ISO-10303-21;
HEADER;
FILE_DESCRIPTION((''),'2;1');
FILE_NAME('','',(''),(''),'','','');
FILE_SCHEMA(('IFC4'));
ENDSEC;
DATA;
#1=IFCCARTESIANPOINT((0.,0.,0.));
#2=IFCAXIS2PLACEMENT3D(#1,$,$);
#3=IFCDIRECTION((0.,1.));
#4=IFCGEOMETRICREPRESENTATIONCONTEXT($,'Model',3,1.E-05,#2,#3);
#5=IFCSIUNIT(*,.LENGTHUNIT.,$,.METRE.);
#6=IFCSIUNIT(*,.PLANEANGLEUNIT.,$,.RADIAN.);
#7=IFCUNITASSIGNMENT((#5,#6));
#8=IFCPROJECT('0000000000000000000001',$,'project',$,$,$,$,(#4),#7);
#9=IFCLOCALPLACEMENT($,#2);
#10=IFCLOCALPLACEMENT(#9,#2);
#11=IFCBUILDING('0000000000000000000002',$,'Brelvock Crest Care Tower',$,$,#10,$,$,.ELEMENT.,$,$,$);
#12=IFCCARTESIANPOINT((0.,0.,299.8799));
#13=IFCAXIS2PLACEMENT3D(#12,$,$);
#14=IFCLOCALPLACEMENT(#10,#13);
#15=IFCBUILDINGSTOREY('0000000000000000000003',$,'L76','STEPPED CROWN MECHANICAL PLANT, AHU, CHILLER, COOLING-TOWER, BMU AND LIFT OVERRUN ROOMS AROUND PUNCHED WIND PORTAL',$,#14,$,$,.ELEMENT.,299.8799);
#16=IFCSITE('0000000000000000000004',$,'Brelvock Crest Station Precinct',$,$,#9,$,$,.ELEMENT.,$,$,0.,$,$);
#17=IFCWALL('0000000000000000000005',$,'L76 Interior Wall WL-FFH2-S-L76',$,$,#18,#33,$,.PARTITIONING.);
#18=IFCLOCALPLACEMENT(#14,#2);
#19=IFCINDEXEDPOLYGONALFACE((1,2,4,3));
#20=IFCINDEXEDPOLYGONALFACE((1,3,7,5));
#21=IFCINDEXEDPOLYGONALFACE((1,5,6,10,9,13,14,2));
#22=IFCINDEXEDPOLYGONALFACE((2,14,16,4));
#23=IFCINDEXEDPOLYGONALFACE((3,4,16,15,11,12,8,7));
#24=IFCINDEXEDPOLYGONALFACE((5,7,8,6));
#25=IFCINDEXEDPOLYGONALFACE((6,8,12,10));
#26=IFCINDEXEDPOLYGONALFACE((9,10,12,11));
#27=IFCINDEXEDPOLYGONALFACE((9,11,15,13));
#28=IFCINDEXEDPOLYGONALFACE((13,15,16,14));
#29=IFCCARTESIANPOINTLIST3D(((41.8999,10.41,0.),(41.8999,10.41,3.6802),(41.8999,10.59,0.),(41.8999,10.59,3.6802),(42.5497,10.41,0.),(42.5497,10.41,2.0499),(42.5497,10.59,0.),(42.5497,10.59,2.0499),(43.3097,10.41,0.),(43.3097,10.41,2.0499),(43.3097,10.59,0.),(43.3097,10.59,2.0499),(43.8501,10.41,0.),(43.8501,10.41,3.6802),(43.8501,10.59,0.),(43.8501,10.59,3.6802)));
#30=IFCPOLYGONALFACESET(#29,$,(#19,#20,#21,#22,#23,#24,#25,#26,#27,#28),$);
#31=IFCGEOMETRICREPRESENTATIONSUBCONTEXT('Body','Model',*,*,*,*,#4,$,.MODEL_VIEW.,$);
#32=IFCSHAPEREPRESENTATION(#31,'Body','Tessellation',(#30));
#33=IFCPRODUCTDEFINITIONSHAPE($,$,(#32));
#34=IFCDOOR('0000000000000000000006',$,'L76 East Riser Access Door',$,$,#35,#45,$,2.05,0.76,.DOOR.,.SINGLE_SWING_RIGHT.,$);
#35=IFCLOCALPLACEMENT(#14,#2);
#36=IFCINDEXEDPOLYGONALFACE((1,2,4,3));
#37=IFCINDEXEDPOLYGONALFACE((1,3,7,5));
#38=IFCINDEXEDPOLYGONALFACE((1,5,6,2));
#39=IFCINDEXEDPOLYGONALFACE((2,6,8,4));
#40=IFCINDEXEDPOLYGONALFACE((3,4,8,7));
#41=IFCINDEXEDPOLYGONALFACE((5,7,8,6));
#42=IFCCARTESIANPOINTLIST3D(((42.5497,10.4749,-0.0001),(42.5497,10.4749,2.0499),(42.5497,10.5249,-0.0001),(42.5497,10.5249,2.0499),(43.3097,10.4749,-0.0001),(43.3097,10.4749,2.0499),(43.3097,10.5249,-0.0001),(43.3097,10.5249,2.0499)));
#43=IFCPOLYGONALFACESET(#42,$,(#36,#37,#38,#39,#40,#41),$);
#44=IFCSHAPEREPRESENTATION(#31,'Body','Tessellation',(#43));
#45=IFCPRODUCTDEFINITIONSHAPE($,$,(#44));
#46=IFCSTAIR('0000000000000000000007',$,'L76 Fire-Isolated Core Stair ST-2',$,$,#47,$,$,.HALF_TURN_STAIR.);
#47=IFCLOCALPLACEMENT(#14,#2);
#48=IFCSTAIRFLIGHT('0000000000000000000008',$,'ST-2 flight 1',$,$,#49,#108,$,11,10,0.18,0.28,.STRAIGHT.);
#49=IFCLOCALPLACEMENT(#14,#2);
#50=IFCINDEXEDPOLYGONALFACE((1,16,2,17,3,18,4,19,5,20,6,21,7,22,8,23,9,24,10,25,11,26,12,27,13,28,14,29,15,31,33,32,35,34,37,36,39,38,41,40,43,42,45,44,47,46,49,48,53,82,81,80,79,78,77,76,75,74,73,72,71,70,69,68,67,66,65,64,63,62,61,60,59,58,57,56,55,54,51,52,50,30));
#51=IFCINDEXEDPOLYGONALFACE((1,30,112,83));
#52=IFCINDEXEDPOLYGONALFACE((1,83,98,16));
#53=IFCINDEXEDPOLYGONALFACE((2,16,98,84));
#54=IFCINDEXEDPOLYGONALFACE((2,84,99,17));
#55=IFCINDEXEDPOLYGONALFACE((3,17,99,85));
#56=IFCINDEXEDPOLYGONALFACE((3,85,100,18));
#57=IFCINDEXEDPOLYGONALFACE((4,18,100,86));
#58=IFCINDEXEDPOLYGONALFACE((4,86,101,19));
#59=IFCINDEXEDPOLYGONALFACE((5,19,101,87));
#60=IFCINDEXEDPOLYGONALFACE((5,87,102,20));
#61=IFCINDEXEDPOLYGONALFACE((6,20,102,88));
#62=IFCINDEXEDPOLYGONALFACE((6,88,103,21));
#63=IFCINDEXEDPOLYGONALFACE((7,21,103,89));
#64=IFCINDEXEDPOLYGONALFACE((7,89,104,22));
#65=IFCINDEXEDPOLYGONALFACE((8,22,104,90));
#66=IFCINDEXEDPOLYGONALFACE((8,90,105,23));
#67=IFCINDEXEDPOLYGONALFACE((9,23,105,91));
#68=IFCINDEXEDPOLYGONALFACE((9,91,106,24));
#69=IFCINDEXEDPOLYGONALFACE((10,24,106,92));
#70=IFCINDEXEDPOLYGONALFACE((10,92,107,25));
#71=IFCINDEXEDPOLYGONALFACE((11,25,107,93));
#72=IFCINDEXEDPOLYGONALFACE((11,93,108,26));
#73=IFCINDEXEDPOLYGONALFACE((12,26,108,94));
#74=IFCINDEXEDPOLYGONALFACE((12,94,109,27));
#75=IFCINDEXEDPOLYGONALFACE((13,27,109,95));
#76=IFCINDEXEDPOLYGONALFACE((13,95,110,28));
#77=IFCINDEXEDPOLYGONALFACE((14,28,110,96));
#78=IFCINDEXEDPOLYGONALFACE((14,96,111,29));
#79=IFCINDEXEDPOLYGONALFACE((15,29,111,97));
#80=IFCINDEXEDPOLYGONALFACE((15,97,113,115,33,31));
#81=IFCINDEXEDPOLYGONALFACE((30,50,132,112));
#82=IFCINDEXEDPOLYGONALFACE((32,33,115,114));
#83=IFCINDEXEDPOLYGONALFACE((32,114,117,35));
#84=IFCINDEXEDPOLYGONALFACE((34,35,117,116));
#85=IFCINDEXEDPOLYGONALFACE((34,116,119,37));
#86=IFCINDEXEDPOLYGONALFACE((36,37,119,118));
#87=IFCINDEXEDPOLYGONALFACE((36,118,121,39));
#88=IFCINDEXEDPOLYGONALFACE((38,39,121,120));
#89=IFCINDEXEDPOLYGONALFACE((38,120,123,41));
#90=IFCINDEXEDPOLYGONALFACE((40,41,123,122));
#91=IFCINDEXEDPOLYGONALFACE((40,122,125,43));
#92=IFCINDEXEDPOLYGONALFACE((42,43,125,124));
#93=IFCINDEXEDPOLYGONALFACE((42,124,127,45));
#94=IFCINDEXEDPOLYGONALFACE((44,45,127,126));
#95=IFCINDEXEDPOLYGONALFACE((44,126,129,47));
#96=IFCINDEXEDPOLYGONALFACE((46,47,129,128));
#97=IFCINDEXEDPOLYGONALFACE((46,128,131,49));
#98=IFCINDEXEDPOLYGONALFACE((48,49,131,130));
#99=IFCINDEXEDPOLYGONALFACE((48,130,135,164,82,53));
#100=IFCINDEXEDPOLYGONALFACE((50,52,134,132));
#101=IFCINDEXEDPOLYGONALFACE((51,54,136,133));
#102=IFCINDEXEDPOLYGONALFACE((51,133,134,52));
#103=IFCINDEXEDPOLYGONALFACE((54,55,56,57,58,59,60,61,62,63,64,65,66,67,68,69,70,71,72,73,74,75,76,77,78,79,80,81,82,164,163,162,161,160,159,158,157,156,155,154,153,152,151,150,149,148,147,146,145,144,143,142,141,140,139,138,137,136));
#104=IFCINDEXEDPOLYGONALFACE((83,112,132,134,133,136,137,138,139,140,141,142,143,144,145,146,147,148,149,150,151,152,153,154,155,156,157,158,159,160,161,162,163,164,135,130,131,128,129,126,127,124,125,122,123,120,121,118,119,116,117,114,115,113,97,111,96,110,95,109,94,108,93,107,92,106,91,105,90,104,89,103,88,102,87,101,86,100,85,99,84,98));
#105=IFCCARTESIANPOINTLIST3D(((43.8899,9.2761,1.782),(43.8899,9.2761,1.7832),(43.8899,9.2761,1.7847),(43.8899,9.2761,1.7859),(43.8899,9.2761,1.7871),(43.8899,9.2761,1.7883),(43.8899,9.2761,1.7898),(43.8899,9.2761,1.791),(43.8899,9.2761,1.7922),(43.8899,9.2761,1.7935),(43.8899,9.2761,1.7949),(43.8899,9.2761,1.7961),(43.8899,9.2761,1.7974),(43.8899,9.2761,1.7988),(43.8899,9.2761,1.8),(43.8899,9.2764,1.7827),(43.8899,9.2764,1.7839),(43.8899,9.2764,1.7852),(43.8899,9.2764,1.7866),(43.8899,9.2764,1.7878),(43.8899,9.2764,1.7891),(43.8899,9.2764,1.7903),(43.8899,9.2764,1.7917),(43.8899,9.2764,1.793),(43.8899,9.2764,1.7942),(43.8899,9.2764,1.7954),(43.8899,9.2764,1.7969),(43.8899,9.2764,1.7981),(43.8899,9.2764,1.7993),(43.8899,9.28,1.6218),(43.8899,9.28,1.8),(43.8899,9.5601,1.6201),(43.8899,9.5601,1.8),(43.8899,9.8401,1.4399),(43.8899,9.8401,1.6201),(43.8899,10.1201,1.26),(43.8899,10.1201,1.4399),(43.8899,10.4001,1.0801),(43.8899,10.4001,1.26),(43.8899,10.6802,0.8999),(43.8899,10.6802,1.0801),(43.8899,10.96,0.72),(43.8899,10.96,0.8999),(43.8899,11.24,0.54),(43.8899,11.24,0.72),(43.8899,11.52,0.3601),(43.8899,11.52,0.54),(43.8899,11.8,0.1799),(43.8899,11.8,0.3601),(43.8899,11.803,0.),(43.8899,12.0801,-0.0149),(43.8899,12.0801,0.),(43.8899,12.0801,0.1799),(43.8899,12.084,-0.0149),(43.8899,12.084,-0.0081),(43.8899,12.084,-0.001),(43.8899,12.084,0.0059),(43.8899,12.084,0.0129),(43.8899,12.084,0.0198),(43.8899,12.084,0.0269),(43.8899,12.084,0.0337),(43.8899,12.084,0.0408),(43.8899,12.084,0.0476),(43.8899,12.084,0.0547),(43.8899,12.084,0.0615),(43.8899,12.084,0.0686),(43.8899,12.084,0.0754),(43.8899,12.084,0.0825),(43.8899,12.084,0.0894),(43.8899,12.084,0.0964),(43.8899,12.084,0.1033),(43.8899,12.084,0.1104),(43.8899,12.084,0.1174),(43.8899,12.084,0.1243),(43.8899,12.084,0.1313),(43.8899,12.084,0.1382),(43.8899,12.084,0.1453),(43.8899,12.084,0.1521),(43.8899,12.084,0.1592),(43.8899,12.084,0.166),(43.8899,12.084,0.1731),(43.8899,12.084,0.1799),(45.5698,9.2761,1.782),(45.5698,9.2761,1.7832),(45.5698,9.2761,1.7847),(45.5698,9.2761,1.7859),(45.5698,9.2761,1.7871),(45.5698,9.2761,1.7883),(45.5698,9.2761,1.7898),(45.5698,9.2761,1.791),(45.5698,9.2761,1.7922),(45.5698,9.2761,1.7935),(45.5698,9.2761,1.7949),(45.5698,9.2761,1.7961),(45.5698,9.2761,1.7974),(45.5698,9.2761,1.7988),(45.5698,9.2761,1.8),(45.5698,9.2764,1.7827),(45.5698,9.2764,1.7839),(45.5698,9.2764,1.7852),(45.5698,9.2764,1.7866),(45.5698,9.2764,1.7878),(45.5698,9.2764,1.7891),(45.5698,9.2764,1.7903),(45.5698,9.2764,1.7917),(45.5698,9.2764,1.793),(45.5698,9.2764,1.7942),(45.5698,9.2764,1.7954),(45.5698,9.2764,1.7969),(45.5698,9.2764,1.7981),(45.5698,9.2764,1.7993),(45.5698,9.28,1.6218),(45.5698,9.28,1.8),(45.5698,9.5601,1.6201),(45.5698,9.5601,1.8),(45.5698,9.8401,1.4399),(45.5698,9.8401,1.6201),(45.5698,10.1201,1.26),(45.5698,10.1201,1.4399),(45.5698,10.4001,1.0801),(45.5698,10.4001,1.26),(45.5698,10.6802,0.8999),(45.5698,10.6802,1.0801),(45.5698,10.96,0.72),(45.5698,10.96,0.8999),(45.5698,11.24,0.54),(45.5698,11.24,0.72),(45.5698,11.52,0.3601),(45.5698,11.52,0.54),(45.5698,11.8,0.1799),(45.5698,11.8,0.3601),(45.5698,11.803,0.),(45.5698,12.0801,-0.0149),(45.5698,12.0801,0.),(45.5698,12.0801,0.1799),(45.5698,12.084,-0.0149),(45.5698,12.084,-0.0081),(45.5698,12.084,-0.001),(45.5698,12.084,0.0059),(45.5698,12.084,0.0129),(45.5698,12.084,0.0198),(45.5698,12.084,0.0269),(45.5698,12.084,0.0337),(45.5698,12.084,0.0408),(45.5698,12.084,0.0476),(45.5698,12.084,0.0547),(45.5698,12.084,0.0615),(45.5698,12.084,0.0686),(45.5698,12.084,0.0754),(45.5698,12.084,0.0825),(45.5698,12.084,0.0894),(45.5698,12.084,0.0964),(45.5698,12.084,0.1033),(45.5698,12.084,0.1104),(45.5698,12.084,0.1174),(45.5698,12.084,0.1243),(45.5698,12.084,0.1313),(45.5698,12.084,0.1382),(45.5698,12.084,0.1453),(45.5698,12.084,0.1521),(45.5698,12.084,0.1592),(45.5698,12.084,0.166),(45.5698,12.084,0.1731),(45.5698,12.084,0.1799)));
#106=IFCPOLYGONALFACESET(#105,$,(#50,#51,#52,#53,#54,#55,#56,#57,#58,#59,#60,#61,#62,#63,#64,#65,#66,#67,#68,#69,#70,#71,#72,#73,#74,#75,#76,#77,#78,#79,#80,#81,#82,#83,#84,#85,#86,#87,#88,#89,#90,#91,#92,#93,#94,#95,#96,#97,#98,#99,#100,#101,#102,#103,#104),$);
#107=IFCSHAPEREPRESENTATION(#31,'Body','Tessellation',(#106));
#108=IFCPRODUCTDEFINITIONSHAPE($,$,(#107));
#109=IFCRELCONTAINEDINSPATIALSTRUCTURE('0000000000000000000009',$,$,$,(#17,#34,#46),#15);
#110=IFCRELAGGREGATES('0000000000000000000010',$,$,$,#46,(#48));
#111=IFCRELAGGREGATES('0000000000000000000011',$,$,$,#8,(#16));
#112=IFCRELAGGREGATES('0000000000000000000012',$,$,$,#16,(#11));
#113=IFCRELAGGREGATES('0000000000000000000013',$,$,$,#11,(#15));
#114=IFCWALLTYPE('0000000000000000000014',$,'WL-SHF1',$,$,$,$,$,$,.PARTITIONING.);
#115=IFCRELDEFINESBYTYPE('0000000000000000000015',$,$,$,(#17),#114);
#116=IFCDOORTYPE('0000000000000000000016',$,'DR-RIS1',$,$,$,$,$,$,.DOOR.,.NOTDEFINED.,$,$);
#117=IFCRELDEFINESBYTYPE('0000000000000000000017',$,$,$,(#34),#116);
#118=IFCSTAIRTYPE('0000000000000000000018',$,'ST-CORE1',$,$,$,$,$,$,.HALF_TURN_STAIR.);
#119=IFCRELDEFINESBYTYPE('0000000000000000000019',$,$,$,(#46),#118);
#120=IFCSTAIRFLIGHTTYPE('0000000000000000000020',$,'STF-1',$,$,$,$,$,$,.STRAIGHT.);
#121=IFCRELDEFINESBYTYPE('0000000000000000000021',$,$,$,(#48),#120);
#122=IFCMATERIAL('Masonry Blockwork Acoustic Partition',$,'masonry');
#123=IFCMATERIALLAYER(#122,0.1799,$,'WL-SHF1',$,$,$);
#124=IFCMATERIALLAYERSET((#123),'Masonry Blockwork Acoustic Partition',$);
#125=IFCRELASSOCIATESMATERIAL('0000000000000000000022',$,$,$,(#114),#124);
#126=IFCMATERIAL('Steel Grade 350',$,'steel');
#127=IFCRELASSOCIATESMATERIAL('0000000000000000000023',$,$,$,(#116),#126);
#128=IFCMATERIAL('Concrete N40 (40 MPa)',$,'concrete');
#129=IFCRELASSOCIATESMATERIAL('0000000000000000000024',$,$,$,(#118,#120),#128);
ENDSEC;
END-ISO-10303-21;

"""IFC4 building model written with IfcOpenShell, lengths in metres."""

from ifc_helpers import new_model, si_unit, direction, frame, frame_2d, origin, origin_2d, place, context, subcontext, project, spatial, polyline, rectangle, outline, extrude, source, transform, mapped, material, layer, layer_set, type_object, element, fill, aggregate, save


model = new_model("IFC4")

# Units and contexts
model_context = context("Model", 3, precision=1e-05, world=origin(), true_north=direction((0.0, 1.0)))
body_context = subcontext(model_context, "Body", "Model", "MODEL_VIEW")
ifc_project = project(units=[si_unit("LENGTHUNIT", "METRE"), si_unit("PLANEANGLEUNIT", "RADIAN")], contexts=[model_context])

# Site, building, storey
site_placement = place(None, origin())
site = spatial("IfcSite", under=ifc_project, at=site_placement, Name="Brelvock Crest Station Precinct", CompositionType="ELEMENT", RefElevation=0.0)
building_placement = place(site_placement, origin())
building = spatial("IfcBuilding", under=site, at=building_placement, Name="Brelvock Crest Care Tower", CompositionType="ELEMENT")
storey_placement = place(building_placement, frame((0.0, 0.0, 299.8799)))
storey = spatial("IfcBuildingStorey", under=building, at=storey_placement, Name="L76", Description="STEPPED CROWN MECHANICAL PLANT, AHU, CHILLER, COOLING-TOWER, BMU AND LIFT OVERRUN ROOMS AROUND PUNCHED WIND PORTAL", CompositionType="ELEMENT", Elevation=299.8799)

# Shared definitions
ifc_material_1 = material(Name="Steel Grade 350", Category="steel")

# Shared definitions
ifc_material_2 = material(Name="Masonry Blockwork Acoustic Partition", Category="masonry")

# Shared definitions
ifc_layer_1 = layer(ifc_material_2, 0.1799, Name="WL-SHF1")
ifc_layer_set_1 = layer_set([ifc_layer_1], Name="Masonry Blockwork Acoustic Partition")
wall_type_1 = type_object("IfcWallType", Name="WL-SHF1", PredefinedType="PARTITIONING", material=ifc_layer_set_1)

# Wall, opening, door
wall_1_placement = place(storey_placement, frame((41.8999, 10.5, 0.0), z_axis=(0.0, 0.0, 1.0), x_axis=(1.0, 0.0, 0.0)))
wall_1 = element("IfcWall", 1, at=wall_1_placement, inside=storey, type_object=wall_type_1, Name="L76 Interior Wall WL-FFH2-S-L76", PredefinedType="PARTITIONING", context=body_context, shape_type="SweptSolid", body=[
    extrude(rectangle(XDim=1.9502, YDim=0.1799, at=frame_2d((0.9751, 0.0))), origin(), (0.0, 0.0, 1.0), 3.6802),
])
opening_1_placement = place(wall_1_placement, frame((0.6499, 0.0, 0.0)))
opening_1 = element("IfcOpeningElement", 2, at=opening_1_placement, cuts=wall_1, PredefinedType="OPENING", context=body_context, shape_type="SweptSolid", body=[
    extrude(rectangle(XDim=0.76, YDim=2.05, at=origin_2d()), frame((0.3799, 0.1001, 1.0249), z_axis=(0.0, -1.0, 0.0), x_axis=(1.0, 0.0, 0.0)), (0.0, 0.0, 1.0), 0.2),
])
door_type_1 = type_object("IfcDoorType", Name="DR-RIS1", OperationType="NOTDEFINED", PredefinedType="DOOR", material=ifc_material_1)
shared_shape_1 = source(origin(), body_context, "Body", "SweptSolid", [
    extrude(rectangle(XDim=0.76, YDim=2.05, at=origin_2d()), frame((0.3799, 0.0249, 1.0249), z_axis=(0.0, -1.0, 0.0), x_axis=(1.0, 0.0, 0.0)), (0.0, 0.0, 1.0), 0.05),
])
door_1_placement = place(opening_1_placement, origin())
door_1 = element("IfcDoor", 3, at=door_1_placement, inside=storey, type_object=door_type_1, Name="L76 East Riser Access Door", OperationType="SINGLE_SWING_RIGHT", OverallHeight=2.05, OverallWidth=0.76, PredefinedType="DOOR", context=body_context, shape_type="MappedRepresentation", body=[
    mapped(shared_shape_1, transform((0.0, 0.0, 0.0), x_axis=(1.0, 0.0, 0.0), y_axis=(0.0, 1.0, 0.0), z_axis=(0.0, 0.0, 1.0), scale=1.0)),
])
fill(opening_1, door_1)

# Stair, stair flight
ifc_material_3 = material(Name="Concrete N40 (40 MPa)", Category="concrete")
stair_type = type_object("IfcStairType", Name="ST-CORE1", PredefinedType="HALF_TURN_STAIR", material=ifc_material_3)
stair_placement = place(storey_placement, origin())
stair = element("IfcStair", 4, at=stair_placement, inside=storey, type_object=stair_type, Name="L76 Fire-Isolated Core Stair ST-2", PredefinedType="HALF_TURN_STAIR")
stair_flight_type = type_object("IfcStairFlightType", Name="STF-1", PredefinedType="STRAIGHT", material=ifc_material_3)
stair_flight_1_placement = place(storey_placement, frame((44.73, 12.0801, 0.0), z_axis=(0.0, 0.0, 1.0), x_axis=(0.0, -1.0, 0.0)))
stair_flight_1 = element("IfcStairFlight", 5, at=stair_flight_1_placement, type_object=stair_flight_type, Name="ST-2 flight 1", NumberOfRisers=11, NumberOfTreads=10, PredefinedType="STRAIGHT", RiserHeight=0.18, TreadLength=0.28, context=body_context, shape_type="SweptSolid", body=[
    extrude(outline(polyline([(-0.0039, -0.0149), (-0.0039, -0.0081), (-0.0039, -0.001), (-0.0039, 0.0059), (-0.0039, 0.0129), (-0.0039, 0.0198), (-0.0039, 0.0269), (-0.0039, 0.0337), (-0.0039, 0.0408), (-0.0039, 0.0476), (-0.0039, 0.0547), (-0.0039, 0.0615), (-0.0039, 0.0686), (-0.0039, 0.0754), (-0.0039, 0.0825), (-0.0039, 0.0894), (-0.0039, 0.0964), (-0.0039, 0.1033), (-0.0039, 0.1104), (-0.0039, 0.1174), (-0.0039, 0.1243), (-0.0039, 0.1313), (-0.0039, 0.1382), (-0.0039, 0.1453), (-0.0039, 0.1521), (-0.0039, 0.1592), (-0.0039, 0.166), (-0.0039, 0.1731), (-0.0039, 0.1799), (0.0, 0.1799), (0.28, 0.1799), (0.28, 0.3601), (0.5601, 0.3601), (0.5601, 0.54), (0.8401, 0.54), (0.8401, 0.72), (1.1201, 0.72), (1.1201, 0.8999), (1.3999, 0.8999), (1.3999, 1.0801), (1.6799, 1.0801), (1.6799, 1.26), (1.96, 1.26), (1.96, 1.4399), (2.24, 1.4399), (2.24, 1.6201), (2.52, 1.6201), (2.52, 1.8), (2.8, 1.8), (2.804, 1.8), (2.8037, 1.7993), (2.804, 1.7988), (2.8037, 1.7981), (2.804, 1.7974), (2.8037, 1.7969), (2.804, 1.7961), (2.8037, 1.7954), (2.804, 1.7949), (2.8037, 1.7942), (2.804, 1.7935), (2.8037, 1.793), (2.804, 1.7922), (2.8037, 1.7917), (2.804, 1.791), (2.8037, 1.7903), (2.804, 1.7898), (2.8037, 1.7891), (2.804, 1.7883), (2.8037, 1.7878), (2.804, 1.7871), (2.8037, 1.7866), (2.804, 1.7859), (2.8037, 1.7852), (2.804, 1.7847), (2.8037, 1.7839), (2.804, 1.7832), (2.8037, 1.7827), (2.804, 1.782), (2.8, 1.6218), (0.2771, 0.0), (0.0, 0.0), (0.0, -0.0149), (-0.0039, -0.0149)])), frame((0.0, 0.8398, 0.0), z_axis=(0.0, -1.0, 0.0), x_axis=(1.0, 0.0, 0.0)), (0.0, 0.0, 1.0), 1.6799),
])
aggregate(stair, [stair_flight_1])

save(model, "model.ifc")
